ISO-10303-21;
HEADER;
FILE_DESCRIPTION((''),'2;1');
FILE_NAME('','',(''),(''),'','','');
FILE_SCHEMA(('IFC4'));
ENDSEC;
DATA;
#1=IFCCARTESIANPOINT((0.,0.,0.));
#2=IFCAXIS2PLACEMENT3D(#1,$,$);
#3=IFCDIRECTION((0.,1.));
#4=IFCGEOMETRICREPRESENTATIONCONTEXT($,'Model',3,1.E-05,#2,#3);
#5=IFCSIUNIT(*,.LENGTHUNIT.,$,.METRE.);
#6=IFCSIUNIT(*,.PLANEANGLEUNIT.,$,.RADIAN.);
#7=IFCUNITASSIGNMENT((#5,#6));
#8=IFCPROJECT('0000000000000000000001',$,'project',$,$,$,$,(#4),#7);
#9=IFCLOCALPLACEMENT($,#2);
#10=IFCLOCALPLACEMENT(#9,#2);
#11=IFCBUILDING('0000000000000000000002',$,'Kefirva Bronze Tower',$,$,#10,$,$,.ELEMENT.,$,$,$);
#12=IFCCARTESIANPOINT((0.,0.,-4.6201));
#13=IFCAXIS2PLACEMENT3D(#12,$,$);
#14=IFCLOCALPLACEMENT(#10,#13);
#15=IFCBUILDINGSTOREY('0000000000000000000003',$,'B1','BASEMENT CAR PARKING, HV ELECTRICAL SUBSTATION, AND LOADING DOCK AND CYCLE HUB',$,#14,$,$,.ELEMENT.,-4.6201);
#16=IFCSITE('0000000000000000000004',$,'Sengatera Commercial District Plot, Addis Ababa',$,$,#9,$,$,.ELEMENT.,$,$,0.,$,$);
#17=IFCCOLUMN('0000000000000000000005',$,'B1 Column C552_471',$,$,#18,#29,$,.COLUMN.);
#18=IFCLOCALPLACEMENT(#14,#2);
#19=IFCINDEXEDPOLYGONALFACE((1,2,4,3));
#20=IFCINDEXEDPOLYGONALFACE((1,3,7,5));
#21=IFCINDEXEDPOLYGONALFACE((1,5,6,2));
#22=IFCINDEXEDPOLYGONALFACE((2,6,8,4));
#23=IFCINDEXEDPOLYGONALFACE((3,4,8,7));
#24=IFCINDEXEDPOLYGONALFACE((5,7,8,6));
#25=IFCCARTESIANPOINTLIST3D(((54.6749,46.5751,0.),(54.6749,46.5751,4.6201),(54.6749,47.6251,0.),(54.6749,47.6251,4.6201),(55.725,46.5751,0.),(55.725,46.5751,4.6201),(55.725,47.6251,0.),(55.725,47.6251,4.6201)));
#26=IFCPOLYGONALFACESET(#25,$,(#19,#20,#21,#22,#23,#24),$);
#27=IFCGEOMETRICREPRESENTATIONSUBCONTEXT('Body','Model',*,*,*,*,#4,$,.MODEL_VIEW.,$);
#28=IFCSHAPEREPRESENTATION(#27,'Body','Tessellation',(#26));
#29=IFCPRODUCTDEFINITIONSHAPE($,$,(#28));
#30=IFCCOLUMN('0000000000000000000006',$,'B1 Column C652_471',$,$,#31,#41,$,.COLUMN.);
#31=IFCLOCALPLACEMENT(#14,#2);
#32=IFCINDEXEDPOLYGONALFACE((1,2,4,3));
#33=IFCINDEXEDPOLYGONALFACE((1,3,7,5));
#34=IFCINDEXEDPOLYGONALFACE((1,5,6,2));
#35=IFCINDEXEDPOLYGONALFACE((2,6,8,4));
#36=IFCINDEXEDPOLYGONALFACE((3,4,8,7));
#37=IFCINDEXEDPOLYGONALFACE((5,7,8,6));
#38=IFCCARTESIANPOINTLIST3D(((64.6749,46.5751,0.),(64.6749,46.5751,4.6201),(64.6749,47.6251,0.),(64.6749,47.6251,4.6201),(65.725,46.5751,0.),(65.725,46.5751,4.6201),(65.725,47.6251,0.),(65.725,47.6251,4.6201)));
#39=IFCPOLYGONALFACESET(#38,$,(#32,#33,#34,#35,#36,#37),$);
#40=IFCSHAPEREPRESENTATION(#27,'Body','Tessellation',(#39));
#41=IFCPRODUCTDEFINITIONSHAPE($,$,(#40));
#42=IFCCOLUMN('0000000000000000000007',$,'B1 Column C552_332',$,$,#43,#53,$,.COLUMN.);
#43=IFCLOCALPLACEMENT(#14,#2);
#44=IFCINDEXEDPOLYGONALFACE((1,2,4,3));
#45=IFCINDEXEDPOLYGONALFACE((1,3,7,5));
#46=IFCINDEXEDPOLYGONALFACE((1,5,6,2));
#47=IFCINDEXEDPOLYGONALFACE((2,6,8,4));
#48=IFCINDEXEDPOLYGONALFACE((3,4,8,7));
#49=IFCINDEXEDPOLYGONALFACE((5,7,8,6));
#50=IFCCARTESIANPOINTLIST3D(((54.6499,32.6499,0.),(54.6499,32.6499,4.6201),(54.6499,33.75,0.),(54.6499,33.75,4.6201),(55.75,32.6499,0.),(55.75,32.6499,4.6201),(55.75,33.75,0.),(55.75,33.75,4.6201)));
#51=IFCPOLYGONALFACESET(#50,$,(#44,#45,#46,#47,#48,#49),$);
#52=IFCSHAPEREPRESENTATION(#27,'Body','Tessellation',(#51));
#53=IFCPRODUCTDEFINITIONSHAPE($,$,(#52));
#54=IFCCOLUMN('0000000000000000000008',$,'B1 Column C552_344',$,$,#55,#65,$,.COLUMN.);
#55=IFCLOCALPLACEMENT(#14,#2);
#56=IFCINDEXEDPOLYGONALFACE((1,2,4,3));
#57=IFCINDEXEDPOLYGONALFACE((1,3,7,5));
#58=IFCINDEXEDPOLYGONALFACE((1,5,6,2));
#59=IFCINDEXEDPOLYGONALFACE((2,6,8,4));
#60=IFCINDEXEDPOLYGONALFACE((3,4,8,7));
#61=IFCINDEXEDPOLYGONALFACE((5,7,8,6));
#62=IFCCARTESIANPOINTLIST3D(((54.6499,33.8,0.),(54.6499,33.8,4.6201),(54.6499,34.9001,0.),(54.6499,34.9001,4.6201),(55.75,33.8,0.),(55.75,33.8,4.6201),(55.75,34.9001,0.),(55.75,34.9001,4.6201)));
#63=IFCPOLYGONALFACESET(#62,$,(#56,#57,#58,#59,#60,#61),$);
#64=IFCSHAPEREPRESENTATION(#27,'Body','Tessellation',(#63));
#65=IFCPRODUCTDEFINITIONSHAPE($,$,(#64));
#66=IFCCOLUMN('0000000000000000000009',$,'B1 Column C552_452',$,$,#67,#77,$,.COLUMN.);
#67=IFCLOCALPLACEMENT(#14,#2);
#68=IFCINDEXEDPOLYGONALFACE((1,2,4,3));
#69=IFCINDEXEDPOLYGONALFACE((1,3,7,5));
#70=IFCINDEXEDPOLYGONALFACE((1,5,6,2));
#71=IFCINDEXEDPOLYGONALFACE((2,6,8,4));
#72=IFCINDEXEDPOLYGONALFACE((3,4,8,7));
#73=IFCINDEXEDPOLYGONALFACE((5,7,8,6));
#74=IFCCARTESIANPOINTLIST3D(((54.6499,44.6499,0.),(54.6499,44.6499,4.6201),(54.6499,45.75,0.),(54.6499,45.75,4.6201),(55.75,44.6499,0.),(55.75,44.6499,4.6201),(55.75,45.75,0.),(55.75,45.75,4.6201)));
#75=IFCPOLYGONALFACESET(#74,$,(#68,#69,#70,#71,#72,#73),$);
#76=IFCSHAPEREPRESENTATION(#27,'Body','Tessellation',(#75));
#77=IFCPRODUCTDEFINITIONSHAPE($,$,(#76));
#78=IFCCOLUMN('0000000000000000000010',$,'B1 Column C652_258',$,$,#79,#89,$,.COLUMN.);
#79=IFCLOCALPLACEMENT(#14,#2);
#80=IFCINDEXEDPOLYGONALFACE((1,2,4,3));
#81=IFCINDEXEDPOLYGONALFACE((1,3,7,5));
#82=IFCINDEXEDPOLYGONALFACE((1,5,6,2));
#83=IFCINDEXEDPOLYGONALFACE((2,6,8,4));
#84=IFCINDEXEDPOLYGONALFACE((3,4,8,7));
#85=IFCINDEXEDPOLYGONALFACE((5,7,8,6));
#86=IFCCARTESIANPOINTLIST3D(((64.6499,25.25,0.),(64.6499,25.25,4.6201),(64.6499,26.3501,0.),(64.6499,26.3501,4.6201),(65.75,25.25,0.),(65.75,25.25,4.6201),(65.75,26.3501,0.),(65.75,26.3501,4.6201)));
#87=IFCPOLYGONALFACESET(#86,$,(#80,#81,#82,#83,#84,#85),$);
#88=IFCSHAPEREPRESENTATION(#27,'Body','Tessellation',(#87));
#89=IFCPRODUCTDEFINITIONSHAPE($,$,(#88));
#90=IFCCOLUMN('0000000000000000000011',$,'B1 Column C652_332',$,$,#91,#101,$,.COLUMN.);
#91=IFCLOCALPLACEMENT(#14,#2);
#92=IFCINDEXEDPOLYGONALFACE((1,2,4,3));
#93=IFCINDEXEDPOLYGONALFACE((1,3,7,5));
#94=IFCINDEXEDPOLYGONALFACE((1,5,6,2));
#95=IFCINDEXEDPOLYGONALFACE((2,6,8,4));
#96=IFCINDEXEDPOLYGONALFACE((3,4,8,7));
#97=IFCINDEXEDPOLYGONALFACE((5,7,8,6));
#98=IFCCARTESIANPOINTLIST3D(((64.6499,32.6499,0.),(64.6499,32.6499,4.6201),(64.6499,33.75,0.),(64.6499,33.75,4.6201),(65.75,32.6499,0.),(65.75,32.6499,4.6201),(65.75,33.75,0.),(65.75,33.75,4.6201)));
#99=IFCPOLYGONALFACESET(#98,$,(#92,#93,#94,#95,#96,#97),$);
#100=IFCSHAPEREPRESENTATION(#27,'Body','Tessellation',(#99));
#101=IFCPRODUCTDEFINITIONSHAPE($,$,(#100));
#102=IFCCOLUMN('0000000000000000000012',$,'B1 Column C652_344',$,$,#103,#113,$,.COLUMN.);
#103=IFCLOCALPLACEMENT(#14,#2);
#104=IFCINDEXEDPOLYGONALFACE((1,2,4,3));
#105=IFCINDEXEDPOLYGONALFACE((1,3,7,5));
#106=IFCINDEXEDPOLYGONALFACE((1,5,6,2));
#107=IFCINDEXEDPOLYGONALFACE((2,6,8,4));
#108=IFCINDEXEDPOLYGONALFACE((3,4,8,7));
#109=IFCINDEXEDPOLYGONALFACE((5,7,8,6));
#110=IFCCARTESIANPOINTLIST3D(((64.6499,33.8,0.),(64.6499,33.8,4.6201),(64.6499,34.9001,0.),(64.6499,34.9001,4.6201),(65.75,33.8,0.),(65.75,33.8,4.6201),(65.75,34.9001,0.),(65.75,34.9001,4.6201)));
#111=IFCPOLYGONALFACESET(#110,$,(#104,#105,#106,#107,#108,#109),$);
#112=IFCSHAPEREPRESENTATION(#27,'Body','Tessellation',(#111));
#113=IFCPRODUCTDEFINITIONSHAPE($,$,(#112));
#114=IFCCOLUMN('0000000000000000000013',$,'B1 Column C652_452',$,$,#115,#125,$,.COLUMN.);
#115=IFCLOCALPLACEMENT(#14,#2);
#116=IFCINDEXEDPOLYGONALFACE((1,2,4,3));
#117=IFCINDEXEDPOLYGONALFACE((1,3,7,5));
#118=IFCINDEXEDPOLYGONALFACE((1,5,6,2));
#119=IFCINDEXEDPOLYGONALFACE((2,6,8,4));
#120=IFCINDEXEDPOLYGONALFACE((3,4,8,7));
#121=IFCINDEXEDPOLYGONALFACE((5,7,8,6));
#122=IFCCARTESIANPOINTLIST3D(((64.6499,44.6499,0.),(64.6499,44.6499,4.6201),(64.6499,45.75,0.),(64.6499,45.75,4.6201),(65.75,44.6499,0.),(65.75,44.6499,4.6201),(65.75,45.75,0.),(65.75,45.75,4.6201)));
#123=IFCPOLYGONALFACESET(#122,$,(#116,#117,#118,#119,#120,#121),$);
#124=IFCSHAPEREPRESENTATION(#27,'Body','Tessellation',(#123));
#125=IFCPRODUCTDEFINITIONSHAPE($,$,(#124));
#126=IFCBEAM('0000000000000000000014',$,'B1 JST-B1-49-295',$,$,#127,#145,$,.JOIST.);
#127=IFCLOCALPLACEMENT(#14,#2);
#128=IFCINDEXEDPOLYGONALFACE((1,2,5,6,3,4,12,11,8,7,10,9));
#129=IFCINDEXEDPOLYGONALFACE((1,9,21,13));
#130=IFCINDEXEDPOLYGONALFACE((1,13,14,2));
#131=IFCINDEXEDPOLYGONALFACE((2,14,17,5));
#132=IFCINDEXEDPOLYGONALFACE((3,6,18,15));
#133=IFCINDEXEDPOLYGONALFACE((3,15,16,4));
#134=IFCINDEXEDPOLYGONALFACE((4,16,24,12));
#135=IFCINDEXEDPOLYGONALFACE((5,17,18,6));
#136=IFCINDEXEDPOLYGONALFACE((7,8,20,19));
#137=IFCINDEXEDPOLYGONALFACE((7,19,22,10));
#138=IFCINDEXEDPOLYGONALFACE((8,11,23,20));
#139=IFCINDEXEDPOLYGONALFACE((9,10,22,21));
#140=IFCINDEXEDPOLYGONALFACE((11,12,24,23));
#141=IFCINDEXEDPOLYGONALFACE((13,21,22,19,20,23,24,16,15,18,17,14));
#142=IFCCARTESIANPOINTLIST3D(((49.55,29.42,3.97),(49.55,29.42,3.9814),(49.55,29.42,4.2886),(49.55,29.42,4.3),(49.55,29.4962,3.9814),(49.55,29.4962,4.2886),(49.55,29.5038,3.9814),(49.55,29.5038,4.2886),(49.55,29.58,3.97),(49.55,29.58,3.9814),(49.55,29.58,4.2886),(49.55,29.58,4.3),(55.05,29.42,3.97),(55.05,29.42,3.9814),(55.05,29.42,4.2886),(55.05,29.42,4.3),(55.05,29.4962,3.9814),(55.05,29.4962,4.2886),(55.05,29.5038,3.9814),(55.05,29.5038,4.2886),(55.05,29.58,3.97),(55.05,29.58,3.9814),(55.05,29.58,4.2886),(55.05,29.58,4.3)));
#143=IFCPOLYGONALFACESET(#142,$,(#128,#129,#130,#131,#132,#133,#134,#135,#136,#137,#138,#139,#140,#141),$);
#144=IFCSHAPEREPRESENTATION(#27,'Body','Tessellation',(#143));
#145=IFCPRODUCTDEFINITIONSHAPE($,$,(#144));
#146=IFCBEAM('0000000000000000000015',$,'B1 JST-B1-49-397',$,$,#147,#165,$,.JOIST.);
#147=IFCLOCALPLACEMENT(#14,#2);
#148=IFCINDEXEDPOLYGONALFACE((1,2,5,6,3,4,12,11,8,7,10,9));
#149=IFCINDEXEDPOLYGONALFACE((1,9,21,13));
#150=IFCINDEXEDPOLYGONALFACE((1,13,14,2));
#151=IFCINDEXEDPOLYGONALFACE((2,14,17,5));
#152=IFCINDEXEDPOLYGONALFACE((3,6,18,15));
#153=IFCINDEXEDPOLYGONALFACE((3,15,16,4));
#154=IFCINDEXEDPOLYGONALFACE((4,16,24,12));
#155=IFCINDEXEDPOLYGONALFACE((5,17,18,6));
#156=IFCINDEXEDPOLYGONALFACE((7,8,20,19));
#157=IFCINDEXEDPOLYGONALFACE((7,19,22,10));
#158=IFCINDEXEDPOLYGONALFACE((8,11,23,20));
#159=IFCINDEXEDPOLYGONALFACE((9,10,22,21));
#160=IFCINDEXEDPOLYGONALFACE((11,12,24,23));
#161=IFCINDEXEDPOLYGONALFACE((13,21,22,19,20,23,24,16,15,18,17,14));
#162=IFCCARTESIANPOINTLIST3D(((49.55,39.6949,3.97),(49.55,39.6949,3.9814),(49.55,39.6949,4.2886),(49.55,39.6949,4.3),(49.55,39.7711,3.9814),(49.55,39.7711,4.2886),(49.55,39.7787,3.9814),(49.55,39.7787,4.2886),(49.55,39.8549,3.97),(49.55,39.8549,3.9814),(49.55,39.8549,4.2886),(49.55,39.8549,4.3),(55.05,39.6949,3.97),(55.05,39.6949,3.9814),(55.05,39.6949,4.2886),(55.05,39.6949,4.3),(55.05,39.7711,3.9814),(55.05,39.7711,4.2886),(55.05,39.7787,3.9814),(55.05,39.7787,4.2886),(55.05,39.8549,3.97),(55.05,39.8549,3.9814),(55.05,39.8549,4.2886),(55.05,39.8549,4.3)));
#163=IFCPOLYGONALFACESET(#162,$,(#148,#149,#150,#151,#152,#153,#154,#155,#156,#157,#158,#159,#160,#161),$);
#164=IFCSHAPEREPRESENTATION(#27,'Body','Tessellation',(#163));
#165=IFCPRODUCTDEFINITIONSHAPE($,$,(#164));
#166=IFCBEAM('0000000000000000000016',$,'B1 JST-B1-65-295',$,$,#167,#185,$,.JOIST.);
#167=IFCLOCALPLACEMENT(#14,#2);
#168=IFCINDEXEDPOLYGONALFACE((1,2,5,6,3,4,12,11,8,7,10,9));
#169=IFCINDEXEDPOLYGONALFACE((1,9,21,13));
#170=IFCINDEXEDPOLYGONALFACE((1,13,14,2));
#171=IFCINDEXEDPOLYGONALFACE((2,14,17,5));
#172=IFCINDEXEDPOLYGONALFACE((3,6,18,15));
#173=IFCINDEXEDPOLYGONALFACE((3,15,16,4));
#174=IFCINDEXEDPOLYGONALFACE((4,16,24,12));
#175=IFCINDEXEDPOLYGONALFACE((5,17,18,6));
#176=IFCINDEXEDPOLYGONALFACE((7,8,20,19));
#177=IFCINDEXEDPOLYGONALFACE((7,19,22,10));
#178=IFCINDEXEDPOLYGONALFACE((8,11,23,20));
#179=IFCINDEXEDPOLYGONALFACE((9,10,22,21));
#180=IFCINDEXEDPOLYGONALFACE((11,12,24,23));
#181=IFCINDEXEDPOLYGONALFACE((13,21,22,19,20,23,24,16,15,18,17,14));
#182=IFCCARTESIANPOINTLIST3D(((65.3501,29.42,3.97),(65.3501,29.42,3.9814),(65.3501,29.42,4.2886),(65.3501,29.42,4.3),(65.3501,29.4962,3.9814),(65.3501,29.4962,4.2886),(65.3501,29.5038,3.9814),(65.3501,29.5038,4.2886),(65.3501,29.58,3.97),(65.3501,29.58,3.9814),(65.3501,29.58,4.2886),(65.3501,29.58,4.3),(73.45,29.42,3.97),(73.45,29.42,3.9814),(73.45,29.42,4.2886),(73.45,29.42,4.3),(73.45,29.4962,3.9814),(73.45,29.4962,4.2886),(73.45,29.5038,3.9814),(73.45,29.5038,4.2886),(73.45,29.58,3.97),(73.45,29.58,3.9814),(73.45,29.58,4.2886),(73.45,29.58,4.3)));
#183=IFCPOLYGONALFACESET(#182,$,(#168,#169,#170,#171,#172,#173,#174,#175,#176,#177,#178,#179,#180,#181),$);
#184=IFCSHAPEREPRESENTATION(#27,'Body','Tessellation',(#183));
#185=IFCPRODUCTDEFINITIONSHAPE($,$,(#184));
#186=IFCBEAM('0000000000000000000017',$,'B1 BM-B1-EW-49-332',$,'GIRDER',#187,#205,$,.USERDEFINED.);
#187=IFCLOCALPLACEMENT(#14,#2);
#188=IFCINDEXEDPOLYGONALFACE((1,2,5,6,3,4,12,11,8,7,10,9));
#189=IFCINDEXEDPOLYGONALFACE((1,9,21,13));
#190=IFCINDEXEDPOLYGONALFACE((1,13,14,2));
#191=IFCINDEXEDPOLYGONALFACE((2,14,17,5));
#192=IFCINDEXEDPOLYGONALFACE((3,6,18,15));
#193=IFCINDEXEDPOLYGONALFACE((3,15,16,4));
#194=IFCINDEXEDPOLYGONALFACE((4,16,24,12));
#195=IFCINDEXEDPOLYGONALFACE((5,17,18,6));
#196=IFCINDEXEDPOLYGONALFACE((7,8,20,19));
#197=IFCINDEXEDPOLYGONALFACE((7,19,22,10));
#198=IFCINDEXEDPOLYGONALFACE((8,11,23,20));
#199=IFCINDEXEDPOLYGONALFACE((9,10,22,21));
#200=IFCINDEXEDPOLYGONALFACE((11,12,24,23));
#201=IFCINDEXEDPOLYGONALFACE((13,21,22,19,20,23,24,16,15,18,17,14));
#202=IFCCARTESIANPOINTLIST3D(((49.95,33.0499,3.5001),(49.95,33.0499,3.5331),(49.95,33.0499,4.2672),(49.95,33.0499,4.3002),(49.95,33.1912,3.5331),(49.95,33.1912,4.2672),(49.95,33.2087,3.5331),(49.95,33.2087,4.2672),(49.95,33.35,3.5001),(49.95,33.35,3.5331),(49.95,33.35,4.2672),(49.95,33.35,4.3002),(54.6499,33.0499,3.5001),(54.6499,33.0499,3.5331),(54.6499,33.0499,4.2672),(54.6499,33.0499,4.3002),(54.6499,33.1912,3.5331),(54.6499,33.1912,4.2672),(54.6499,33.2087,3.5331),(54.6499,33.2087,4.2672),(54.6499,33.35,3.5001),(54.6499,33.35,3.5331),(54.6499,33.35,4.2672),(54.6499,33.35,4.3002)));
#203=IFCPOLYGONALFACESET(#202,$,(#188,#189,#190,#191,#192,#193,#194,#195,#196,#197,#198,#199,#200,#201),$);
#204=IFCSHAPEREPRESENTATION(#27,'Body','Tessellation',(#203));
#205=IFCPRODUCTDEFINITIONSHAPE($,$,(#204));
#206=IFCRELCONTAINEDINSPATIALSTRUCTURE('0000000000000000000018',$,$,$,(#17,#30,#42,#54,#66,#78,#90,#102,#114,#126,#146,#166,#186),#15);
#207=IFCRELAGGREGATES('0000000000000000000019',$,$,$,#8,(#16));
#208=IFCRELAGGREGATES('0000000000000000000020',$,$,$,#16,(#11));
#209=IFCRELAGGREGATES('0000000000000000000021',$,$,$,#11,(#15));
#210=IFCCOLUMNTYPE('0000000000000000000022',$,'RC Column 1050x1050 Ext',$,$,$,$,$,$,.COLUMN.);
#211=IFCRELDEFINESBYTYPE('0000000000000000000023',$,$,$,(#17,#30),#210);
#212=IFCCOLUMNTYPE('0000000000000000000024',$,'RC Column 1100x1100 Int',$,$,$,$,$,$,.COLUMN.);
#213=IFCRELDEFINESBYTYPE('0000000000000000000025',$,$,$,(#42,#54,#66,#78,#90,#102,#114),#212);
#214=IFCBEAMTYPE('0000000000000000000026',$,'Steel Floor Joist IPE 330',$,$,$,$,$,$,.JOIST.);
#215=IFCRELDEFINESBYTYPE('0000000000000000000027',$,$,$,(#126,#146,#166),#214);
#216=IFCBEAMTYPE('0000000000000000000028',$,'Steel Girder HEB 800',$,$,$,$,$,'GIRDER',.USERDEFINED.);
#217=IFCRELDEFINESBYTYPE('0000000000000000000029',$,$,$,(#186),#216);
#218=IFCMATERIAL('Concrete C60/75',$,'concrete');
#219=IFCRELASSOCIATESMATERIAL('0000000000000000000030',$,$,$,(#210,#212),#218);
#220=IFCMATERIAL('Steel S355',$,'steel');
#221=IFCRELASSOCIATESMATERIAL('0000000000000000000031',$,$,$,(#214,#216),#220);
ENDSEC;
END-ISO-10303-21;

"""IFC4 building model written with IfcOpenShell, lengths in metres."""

from ifc_helpers import new_model, si_unit, direction, frame, origin, origin_2d, place, context, subcontext, project, spatial, rectangle, i_section, extrude, material, material_profile, profile_set, type_object, element, save


model = new_model("IFC4")

# Units and contexts
model_context = context("Model", 3, precision=1e-05, world=origin(), true_north=direction((0.0, 1.0)))
body_context = subcontext(model_context, "Body", "Model", "MODEL_VIEW")
ifc_project = project(units=[si_unit("LENGTHUNIT", "METRE"), si_unit("PLANEANGLEUNIT", "RADIAN")], contexts=[model_context])

# Site, building, storey
site_placement = place(None, origin())
site = spatial("IfcSite", under=ifc_project, at=site_placement, Name="Sengatera Commercial District Plot, Addis Ababa", CompositionType="ELEMENT", RefElevation=0.0)
building_placement = place(site_placement, origin())
building = spatial("IfcBuilding", under=site, at=building_placement, Name="Kefirva Bronze Tower", CompositionType="ELEMENT")
storey_placement = place(building_placement, frame((0.0, 0.0, -4.6201)))
storey = spatial("IfcBuildingStorey", under=building, at=storey_placement, Name="B1", Description="BASEMENT CAR PARKING, HV ELECTRICAL SUBSTATION, AND LOADING DOCK AND CYCLE HUB", CompositionType="ELEMENT", Elevation=-4.6201)

# Columns
ifc_material_1 = material(Name="Concrete C60/75", Category="concrete")
ifc_material_profile_1 = material_profile(ifc_material_1, rectangle(XDim=1.05, YDim=1.05, at=origin_2d()), Name="RC 1050x1050")
ifc_profile_set_1 = profile_set([ifc_material_profile_1], Name="Concrete C60/75")
column_type_1 = type_object("IfcColumnType", Name="RC Column 1050x1050 Ext", PredefinedType="COLUMN", material=ifc_profile_set_1)
for number, where, z_axis, x_axis, name in (
    (1, (55.2, 47.1001, 0.0), (0.0, 0.0, 1.0), (1.0, 0.0, 0.0), "B1 Column C552_471"),
    (2, (65.2, 47.1001, 0.0), (0.0, 0.0, 1.0), (1.0, 0.0, 0.0), "B1 Column C652_471"),
):
    element("IfcColumn", number, at=place(storey_placement, frame(where, z_axis=z_axis, x_axis=x_axis)), inside=storey, type_object=column_type_1, Name=name, PredefinedType="COLUMN", context=body_context, shape_type="SweptSolid", body=[
        extrude(rectangle(XDim=1.05, YDim=1.05, at=origin_2d()), origin(), (0.0, 0.0, 1.0), 4.6201),
    ])
ifc_material_profile_2 = material_profile(ifc_material_1, rectangle(XDim=1.1001, YDim=1.1001, at=origin_2d()), Name="RC 1100x1100")
ifc_profile_set_2 = profile_set([ifc_material_profile_2], Name="Concrete C60/75")
column_type_2 = type_object("IfcColumnType", Name="RC Column 1100x1100 Int", PredefinedType="COLUMN", material=ifc_profile_set_2)
for number, where, z_axis, x_axis, name in (
    (3, (55.2, 33.2, 0.0), (0.0, 0.0, 1.0), (1.0, 0.0, 0.0), "B1 Column C552_332"),
    (4, (55.2, 34.3501, 0.0), (0.0, 0.0, 1.0), (1.0, 0.0, 0.0), "B1 Column C552_344"),
    (5, (55.2, 45.2, 0.0), (0.0, 0.0, 1.0), (1.0, 0.0, 0.0), "B1 Column C552_452"),
    (6, (65.2, 25.8, 0.0), (0.0, 0.0, 1.0), (1.0, 0.0, 0.0), "B1 Column C652_258"),
    (7, (65.2, 33.2, 0.0), (0.0, 0.0, 1.0), (1.0, 0.0, 0.0), "B1 Column C652_332"),
    (8, (65.2, 34.3501, 0.0), (0.0, 0.0, 1.0), (1.0, 0.0, 0.0), "B1 Column C652_344"),
    (9, (65.2, 45.2, 0.0), (0.0, 0.0, 1.0), (1.0, 0.0, 0.0), "B1 Column C652_452"),
):
    element("IfcColumn", number, at=place(storey_placement, frame(where, z_axis=z_axis, x_axis=x_axis)), inside=storey, type_object=column_type_2, Name=name, PredefinedType="COLUMN", context=body_context, shape_type="SweptSolid", body=[
        extrude(rectangle(XDim=1.1001, YDim=1.1001, at=origin_2d()), origin(), (0.0, 0.0, 1.0), 4.6201),
    ])

# Beams
ifc_material_2 = material(Name="Steel S355", Category="steel")
ifc_material_profile_3 = material_profile(ifc_material_2, i_section(OverallWidth=0.1599, OverallDepth=0.3301, WebThickness=0.0076, FlangeThickness=0.0115, at=origin_2d()), Name="IPE 330")
ifc_profile_set_3 = profile_set([ifc_material_profile_3], Name="Steel S355")
beam_type_1 = type_object("IfcBeamType", Name="Steel Floor Joist IPE 330", PredefinedType="JOIST", material=ifc_profile_set_3)
for number, where, z_axis, x_axis, name in (
    (10, (49.55, 29.5, 4.135), (1.0, 0.0, 0.0), (0.0, 1.0, 0.0), "B1 JST-B1-49-295"),
    (11, (49.55, 39.7749, 4.135), (1.0, 0.0, 0.0), (0.0, 1.0, 0.0), "B1 JST-B1-49-397"),
):
    element("IfcBeam", number, at=place(storey_placement, frame(where, z_axis=z_axis, x_axis=x_axis)), inside=storey, type_object=beam_type_1, Name=name, PredefinedType="JOIST", context=body_context, shape_type="SweptSolid", body=[
        extrude(i_section(OverallWidth=0.1599, OverallDepth=0.3301, WebThickness=0.0076, FlangeThickness=0.0115, at=origin_2d()), origin(), (0.0, 0.0, 1.0), 5.5),
    ])
beam_1_placement = place(storey_placement, frame((65.3501, 29.5, 4.135), z_axis=(1.0, 0.0, 0.0), x_axis=(0.0, 1.0, 0.0)))
element("IfcBeam", 12, at=beam_1_placement, inside=storey, type_object=beam_type_1, Name="B1 JST-B1-65-295", PredefinedType="JOIST", context=body_context, shape_type="SweptSolid", body=[
    extrude(i_section(OverallWidth=0.1599, OverallDepth=0.3301, WebThickness=0.0076, FlangeThickness=0.0115, at=origin_2d()), origin(), (0.0, 0.0, 1.0), 8.0999),
])
ifc_material_profile_4 = material_profile(ifc_material_2, i_section(OverallWidth=0.3, OverallDepth=0.8, WebThickness=0.0176, FlangeThickness=0.033, at=origin_2d()), Name="HEB 800")
ifc_profile_set_4 = profile_set([ifc_material_profile_4], Name="Steel S355")
beam_type_2 = type_object("IfcBeamType", Name="Steel Girder HEB 800", ElementType="GIRDER", PredefinedType="USERDEFINED", material=ifc_profile_set_4)
for number, where, z_axis, x_axis, name in (
    (13, (49.95, 33.2, 3.9001), (1.0, 0.0, 0.0), (0.0, 1.0, 0.0), "B1 BM-B1-EW-49-332"),
):
    element("IfcBeam", number, at=place(storey_placement, frame(where, z_axis=z_axis, x_axis=x_axis)), inside=storey, type_object=beam_type_2, Name=name, ObjectType="GIRDER", PredefinedType="USERDEFINED", context=body_context, shape_type="SweptSolid", body=[
        extrude(i_section(OverallWidth=0.3, OverallDepth=0.8, WebThickness=0.0176, FlangeThickness=0.033, at=origin_2d()), origin(), (0.0, 0.0, 1.0), 4.7),
    ])

save(model, "model.ifc")
